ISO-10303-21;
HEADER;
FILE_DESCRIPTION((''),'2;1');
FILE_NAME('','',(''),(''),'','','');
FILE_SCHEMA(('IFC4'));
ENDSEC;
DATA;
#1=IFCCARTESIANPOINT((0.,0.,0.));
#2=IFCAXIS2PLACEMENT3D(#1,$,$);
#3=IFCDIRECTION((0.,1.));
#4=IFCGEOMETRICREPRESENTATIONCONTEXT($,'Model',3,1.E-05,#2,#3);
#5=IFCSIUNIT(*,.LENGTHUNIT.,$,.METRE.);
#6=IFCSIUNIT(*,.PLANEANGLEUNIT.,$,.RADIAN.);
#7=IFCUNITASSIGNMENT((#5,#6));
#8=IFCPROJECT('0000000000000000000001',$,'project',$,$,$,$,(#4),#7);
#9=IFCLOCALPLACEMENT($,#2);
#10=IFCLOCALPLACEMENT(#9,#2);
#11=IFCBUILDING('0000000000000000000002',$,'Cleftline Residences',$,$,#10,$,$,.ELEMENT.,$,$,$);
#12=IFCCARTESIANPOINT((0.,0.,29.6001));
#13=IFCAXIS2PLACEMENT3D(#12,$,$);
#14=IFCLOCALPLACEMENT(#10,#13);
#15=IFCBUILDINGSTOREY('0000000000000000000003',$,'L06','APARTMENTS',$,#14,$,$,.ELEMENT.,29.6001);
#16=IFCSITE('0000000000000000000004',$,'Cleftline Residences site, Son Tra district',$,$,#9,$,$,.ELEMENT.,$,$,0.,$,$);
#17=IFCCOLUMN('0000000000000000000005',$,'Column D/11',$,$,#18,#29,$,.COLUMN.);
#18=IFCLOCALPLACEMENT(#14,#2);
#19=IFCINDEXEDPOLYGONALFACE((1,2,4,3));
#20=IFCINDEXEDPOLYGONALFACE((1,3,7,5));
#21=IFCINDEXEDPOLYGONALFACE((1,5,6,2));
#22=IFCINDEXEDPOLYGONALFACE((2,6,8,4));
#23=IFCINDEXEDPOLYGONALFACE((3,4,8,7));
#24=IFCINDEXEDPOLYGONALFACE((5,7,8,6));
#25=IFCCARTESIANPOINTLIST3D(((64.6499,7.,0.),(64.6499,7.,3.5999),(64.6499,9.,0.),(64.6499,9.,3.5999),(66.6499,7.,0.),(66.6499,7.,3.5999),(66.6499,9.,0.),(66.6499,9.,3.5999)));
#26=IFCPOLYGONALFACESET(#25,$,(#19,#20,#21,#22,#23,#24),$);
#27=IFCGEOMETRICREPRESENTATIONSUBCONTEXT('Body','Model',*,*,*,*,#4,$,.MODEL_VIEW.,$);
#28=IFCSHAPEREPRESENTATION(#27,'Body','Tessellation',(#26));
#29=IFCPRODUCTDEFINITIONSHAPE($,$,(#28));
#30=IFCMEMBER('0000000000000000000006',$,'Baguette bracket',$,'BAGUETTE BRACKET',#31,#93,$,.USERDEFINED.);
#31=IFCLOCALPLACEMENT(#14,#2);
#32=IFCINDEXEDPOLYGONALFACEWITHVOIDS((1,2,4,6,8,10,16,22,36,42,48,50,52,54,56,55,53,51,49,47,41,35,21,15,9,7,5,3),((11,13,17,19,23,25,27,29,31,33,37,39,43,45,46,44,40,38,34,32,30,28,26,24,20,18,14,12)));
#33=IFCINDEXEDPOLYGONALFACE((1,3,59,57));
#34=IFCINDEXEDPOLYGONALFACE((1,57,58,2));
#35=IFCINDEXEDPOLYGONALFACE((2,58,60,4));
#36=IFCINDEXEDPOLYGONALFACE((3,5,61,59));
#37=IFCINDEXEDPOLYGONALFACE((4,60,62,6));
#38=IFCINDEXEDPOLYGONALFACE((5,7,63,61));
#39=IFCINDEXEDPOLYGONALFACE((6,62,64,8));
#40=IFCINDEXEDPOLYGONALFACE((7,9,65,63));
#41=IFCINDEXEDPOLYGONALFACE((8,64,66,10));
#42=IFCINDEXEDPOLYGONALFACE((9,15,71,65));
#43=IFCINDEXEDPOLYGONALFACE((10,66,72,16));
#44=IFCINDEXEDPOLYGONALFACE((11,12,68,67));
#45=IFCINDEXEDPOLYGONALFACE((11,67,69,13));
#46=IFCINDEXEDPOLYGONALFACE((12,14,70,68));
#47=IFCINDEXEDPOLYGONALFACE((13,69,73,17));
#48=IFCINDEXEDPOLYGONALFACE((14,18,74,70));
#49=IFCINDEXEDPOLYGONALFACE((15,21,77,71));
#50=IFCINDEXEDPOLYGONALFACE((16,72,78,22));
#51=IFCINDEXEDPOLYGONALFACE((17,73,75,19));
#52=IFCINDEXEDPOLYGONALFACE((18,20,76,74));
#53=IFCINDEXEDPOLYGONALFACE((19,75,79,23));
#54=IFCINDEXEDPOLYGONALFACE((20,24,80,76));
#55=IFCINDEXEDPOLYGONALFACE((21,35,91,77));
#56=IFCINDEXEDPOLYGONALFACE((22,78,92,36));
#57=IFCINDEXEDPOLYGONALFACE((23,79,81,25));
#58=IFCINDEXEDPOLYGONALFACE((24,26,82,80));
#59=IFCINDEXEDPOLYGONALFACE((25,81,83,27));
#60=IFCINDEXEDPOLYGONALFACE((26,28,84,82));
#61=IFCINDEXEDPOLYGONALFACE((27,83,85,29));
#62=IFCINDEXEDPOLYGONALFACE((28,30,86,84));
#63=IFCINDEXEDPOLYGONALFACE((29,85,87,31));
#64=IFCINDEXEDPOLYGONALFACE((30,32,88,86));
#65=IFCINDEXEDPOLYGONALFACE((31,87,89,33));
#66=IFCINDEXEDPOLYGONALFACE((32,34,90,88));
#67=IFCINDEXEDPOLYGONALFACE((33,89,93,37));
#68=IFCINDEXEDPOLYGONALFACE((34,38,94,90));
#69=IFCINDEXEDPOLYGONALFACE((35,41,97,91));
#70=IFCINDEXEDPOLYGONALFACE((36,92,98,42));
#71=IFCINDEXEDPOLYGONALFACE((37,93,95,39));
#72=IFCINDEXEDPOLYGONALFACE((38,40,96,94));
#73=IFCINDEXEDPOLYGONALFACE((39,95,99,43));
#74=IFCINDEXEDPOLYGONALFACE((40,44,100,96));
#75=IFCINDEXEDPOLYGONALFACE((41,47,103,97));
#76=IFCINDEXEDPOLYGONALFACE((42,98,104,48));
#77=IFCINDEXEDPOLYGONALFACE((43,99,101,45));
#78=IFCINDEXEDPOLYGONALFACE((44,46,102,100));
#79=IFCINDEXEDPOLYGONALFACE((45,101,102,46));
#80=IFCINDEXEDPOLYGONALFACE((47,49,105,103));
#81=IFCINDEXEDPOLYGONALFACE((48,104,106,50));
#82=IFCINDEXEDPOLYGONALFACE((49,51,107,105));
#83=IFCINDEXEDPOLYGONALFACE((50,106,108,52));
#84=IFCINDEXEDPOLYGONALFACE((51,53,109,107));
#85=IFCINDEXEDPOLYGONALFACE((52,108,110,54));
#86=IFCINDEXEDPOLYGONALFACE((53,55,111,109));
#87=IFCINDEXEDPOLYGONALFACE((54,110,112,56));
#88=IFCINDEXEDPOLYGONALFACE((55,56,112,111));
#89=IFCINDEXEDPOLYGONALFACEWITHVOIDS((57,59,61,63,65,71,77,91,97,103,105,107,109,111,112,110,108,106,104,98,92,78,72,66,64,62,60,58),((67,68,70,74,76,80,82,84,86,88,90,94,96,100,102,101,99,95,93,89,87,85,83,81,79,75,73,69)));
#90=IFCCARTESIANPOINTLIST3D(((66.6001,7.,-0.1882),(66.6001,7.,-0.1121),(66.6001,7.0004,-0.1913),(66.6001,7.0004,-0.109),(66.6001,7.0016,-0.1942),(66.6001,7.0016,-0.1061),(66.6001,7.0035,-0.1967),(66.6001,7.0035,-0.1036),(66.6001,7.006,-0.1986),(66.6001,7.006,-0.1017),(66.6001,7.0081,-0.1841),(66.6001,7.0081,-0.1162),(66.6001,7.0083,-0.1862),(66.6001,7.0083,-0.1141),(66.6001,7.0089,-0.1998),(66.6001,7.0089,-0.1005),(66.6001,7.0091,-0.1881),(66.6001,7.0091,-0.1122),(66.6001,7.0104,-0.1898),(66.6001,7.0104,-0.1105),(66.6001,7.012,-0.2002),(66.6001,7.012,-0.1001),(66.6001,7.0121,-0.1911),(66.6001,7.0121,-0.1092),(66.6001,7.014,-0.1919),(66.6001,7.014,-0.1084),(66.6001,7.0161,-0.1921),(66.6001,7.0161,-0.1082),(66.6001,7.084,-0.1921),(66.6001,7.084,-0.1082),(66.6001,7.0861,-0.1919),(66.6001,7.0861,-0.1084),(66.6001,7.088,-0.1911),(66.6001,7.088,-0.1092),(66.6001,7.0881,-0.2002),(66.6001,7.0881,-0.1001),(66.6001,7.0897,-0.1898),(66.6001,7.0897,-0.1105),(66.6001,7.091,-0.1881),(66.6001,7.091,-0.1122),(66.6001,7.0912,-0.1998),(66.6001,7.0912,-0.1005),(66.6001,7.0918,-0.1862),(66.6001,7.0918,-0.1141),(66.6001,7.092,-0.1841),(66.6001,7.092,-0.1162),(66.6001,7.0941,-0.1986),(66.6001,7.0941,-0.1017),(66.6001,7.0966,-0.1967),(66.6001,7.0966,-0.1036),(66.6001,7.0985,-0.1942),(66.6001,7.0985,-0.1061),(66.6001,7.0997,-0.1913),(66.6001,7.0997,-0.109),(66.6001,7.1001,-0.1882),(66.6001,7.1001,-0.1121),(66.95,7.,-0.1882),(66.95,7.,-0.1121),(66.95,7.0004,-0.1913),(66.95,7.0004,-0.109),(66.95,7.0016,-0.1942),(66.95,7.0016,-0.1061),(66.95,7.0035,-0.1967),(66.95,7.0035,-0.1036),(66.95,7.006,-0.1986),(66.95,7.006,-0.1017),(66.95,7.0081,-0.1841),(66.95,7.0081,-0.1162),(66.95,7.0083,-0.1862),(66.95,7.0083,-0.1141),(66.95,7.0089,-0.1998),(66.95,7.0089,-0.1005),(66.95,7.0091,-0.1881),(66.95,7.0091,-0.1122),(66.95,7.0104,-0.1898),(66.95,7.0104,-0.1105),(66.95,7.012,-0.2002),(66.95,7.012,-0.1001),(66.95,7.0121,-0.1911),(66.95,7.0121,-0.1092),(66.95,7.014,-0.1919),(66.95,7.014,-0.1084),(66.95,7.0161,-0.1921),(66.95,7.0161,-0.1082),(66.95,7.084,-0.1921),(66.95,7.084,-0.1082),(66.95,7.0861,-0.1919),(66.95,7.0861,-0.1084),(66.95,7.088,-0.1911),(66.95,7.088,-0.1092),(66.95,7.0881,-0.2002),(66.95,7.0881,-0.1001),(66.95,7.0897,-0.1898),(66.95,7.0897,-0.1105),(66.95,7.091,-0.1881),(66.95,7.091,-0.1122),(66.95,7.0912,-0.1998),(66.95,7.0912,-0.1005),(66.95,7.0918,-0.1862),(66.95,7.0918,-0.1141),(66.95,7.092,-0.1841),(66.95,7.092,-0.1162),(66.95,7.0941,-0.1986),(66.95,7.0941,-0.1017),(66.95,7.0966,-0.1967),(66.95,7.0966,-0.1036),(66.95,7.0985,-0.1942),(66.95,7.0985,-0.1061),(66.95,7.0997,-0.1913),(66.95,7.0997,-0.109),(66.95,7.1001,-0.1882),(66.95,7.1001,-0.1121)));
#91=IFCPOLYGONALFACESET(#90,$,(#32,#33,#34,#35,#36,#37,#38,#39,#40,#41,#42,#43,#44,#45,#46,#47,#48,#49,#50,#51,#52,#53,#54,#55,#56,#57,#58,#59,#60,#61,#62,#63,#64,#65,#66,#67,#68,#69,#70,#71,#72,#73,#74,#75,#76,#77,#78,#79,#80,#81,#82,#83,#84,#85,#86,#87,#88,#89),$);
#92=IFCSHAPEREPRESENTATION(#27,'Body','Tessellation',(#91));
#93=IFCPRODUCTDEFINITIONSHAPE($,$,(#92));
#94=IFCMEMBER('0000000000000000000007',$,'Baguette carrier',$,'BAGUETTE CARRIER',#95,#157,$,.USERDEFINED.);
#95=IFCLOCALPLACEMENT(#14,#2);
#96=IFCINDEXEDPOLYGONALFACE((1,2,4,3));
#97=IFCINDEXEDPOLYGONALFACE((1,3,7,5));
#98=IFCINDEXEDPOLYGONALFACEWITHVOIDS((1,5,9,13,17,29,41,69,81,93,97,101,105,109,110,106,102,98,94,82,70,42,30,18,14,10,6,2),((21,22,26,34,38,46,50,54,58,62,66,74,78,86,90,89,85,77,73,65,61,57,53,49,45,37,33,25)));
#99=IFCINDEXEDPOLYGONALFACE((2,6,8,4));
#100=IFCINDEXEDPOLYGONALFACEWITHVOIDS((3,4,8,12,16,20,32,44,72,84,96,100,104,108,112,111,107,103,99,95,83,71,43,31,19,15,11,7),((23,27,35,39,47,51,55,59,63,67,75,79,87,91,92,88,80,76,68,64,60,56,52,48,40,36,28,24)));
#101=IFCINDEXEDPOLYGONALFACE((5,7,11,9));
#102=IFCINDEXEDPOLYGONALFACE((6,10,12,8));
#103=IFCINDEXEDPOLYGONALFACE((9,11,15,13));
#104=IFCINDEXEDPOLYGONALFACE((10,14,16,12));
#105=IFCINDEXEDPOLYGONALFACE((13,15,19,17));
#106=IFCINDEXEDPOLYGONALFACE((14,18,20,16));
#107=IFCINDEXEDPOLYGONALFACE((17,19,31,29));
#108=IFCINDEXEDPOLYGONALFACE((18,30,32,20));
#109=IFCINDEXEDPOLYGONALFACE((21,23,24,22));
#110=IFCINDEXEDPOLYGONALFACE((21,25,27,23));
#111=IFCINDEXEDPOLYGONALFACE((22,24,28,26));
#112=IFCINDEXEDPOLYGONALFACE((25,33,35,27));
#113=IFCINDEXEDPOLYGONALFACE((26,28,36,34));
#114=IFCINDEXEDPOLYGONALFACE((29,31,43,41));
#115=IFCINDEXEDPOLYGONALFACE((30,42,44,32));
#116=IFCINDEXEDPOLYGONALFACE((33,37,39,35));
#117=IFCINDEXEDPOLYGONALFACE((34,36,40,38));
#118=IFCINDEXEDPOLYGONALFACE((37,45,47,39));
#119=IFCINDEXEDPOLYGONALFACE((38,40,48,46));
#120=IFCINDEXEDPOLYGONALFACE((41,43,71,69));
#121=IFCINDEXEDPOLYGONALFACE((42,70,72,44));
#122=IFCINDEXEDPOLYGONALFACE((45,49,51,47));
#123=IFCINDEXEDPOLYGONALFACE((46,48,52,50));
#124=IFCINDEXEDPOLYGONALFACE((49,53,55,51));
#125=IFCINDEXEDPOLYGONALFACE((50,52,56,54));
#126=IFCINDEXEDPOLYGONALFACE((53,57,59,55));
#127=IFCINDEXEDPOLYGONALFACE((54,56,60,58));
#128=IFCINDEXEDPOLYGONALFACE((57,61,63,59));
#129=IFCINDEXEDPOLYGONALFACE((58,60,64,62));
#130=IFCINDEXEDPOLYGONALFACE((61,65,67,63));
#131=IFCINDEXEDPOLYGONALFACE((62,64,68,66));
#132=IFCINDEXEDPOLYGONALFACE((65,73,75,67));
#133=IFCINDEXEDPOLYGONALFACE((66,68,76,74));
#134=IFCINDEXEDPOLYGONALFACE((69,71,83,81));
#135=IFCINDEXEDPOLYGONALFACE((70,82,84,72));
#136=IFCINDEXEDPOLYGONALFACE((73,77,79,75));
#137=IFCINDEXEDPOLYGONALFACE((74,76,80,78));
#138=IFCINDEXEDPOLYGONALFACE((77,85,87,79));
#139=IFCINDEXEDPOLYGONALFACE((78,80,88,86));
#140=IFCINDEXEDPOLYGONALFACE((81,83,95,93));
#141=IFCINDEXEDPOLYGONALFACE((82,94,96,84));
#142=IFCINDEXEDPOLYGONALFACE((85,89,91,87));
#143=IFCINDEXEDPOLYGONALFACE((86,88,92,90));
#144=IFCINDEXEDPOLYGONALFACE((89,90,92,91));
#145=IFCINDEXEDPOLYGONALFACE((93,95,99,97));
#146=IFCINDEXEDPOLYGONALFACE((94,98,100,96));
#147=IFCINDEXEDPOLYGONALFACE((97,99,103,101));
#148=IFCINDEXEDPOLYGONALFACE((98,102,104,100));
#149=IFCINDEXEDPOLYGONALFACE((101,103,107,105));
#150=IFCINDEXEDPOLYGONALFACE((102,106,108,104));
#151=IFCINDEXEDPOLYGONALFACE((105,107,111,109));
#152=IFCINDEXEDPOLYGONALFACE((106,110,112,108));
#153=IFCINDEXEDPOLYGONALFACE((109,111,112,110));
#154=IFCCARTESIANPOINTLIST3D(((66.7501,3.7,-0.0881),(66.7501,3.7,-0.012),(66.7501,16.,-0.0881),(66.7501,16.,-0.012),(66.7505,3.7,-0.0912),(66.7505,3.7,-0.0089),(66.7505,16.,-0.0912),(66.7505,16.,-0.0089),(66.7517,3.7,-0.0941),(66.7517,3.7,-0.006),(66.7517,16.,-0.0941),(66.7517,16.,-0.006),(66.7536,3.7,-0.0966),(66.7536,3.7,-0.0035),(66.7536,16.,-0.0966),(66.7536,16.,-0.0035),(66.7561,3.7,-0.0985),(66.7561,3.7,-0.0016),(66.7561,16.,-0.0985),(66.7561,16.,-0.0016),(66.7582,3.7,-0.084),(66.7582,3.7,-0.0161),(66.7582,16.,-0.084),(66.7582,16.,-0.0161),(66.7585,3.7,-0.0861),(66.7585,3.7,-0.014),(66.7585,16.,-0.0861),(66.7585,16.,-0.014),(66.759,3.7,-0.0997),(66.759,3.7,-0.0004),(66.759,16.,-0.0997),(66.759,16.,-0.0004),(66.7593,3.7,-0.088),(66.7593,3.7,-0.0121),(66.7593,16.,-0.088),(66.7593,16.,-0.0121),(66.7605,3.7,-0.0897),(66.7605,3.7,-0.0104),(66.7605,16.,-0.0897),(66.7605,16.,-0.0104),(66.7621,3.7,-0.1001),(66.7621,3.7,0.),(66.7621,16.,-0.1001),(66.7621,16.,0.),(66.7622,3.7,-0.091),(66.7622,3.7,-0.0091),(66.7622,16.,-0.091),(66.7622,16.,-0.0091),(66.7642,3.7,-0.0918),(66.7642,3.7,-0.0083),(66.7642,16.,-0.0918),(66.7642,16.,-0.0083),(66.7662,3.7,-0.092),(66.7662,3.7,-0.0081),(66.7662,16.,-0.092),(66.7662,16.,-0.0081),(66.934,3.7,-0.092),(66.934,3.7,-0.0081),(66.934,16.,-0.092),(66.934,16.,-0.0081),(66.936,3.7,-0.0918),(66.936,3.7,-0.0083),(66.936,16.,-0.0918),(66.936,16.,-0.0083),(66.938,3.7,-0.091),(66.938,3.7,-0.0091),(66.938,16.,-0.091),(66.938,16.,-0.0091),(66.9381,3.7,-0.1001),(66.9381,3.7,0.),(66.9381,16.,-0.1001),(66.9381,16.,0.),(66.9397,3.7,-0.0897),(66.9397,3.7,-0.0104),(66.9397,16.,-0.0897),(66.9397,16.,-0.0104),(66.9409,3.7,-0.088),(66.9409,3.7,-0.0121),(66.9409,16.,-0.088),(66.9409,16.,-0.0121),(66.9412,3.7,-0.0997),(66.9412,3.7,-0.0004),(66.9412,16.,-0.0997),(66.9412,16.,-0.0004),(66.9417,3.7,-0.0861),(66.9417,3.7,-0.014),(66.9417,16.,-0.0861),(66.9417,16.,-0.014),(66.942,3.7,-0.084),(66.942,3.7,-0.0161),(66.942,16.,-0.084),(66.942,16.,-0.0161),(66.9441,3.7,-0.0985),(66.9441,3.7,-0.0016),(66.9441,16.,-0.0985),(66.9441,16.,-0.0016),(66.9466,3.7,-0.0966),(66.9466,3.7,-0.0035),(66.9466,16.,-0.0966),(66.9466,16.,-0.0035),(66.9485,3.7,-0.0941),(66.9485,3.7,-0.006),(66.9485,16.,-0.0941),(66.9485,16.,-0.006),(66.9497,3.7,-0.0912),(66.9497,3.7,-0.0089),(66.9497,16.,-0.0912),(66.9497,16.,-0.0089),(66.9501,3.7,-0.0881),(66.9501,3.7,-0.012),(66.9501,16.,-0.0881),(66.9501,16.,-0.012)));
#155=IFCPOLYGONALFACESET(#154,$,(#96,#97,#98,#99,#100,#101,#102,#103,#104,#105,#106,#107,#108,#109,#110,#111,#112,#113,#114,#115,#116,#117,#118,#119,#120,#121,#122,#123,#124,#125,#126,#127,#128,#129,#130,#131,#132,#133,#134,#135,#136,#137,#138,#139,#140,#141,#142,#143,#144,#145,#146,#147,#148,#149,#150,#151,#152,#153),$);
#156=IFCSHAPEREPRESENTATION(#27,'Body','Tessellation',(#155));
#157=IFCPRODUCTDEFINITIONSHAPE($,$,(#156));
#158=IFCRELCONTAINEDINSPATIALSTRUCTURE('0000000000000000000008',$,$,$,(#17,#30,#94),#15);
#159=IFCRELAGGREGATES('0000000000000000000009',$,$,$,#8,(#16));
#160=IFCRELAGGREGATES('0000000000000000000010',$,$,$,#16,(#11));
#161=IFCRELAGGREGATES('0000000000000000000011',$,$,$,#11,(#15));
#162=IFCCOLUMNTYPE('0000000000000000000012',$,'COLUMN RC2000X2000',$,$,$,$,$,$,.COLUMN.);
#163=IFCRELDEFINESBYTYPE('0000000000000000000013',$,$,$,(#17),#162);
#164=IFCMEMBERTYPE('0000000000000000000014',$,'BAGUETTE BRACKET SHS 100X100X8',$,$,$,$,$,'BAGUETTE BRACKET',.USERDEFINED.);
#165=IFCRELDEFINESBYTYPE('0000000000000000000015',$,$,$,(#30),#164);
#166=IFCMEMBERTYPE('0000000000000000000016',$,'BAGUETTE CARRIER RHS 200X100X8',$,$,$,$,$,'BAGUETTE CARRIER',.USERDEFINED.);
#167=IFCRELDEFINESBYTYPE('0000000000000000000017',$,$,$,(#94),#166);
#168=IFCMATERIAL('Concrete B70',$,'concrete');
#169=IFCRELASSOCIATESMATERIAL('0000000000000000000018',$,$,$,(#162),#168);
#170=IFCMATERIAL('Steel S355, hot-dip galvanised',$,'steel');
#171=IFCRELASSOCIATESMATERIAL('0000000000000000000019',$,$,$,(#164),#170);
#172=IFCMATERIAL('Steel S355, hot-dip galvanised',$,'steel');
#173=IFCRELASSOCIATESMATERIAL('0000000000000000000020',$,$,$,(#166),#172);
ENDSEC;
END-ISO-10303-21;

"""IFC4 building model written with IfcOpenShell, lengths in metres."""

from ifc_helpers import new_model, si_unit, direction, frame, origin, origin_2d, place, context, subcontext, project, spatial, rectangle, hollow_rectangle, extrude, material, material_profile, profile_set, type_object, element, save


model = new_model("IFC4")

# Units and contexts
model_context = context("Model", 3, precision=1e-05, world=origin(), true_north=direction((0.0, 1.0)))
body_context = subcontext(model_context, "Body", "Model", "MODEL_VIEW")
ifc_project = project(units=[si_unit("LENGTHUNIT", "METRE"), si_unit("PLANEANGLEUNIT", "RADIAN")], contexts=[model_context])

# Site, building, storey
site_placement = place(None, origin())
site = spatial("IfcSite", under=ifc_project, at=site_placement, Name="Cleftline Residences site, Son Tra district", CompositionType="ELEMENT", RefElevation=0.0)
building_placement = place(site_placement, origin())
building = spatial("IfcBuilding", under=site, at=building_placement, Name="Cleftline Residences", CompositionType="ELEMENT")
storey_placement = place(building_placement, frame((0.0, 0.0, 29.6001)))
storey = spatial("IfcBuildingStorey", under=building, at=storey_placement, Name="L06", Description="APARTMENTS", CompositionType="ELEMENT", Elevation=29.6001)

# Column
ifc_material_1 = material(Name="Concrete B70", Category="concrete")
ifc_material_profile_1 = material_profile(ifc_material_1, rectangle(XDim=2.0, YDim=2.0, at=origin_2d()))
ifc_profile_set_1 = profile_set([ifc_material_profile_1], Name="Concrete B70")
column_type = type_object("IfcColumnType", Name="COLUMN RC2000X2000", PredefinedType="COLUMN", material=ifc_profile_set_1)
column_placement = place(storey_placement, frame((65.6499, 8.0, 0.0), z_axis=(0.0, 0.0, 1.0), x_axis=(1.0, 0.0, 0.0)))
element("IfcColumn", 1, at=column_placement, inside=storey, type_object=column_type, Name="Column D/11", PredefinedType="COLUMN", context=body_context, shape_type="SweptSolid", body=[
    extrude(rectangle(XDim=2.0, YDim=2.0, at=origin_2d()), origin(), (0.0, 0.0, 1.0), 3.5999),
])

# Members
ifc_material_2 = material(Name="Steel S355, hot-dip galvanised", Category="steel")
ifc_material_profile_2 = material_profile(ifc_material_2, hollow_rectangle(XDim=0.1001, YDim=0.1001, WallThickness=0.0081, InnerFilletRadius=0.0081, OuterFilletRadius=0.012, at=origin_2d()))
ifc_profile_set_2 = profile_set([ifc_material_profile_2], Name="Steel S355, hot-dip galvanised")
member_type_1 = type_object("IfcMemberType", Name="BAGUETTE BRACKET SHS 100X100X8", ElementType="BAGUETTE BRACKET", PredefinedType="USERDEFINED", material=ifc_profile_set_2)
member_1_placement = place(storey_placement, frame((66.6001, 7.05, -0.1501), z_axis=(1.0, 0.0, 0.0), x_axis=(0.0, 1.0, 0.0)))
element("IfcMember", 2, at=member_1_placement, inside=storey, type_object=member_type_1, Name="Baguette bracket", ObjectType="BAGUETTE BRACKET", PredefinedType="USERDEFINED", context=body_context, shape_type="SweptSolid", body=[
    extrude(hollow_rectangle(XDim=0.1001, YDim=0.1001, WallThickness=0.0081, InnerFilletRadius=0.0081, OuterFilletRadius=0.012, at=origin_2d()), origin(), (0.0, 0.0, 1.0), 0.3499),
])
ifc_material_3 = material(Name="Steel S355, hot-dip galvanised", Category="steel")
ifc_material_profile_3 = material_profile(ifc_material_3, hollow_rectangle(XDim=0.1001, YDim=0.2, WallThickness=0.0081, InnerFilletRadius=0.0081, OuterFilletRadius=0.012, at=origin_2d()))
ifc_profile_set_3 = profile_set([ifc_material_profile_3], Name="Steel S355, hot-dip galvanised")
member_type_2 = type_object("IfcMemberType", Name="BAGUETTE CARRIER RHS 200X100X8", ElementType="BAGUETTE CARRIER", PredefinedType="USERDEFINED", material=ifc_profile_set_3)
member_2_placement = place(storey_placement, frame((66.8501, 3.7, -0.05), z_axis=(0.0, 1.0, 0.0), x_axis=(0.0, 0.0, 1.0)))
element("IfcMember", 3, at=member_2_placement, inside=storey, type_object=member_type_2, Name="Baguette carrier", ObjectType="BAGUETTE CARRIER", PredefinedType="USERDEFINED", context=body_context, shape_type="SweptSolid", body=[
    extrude(hollow_rectangle(XDim=0.1001, YDim=0.2, WallThickness=0.0081, InnerFilletRadius=0.0081, OuterFilletRadius=0.012, at=origin_2d()), origin(), (0.0, 0.0, 1.0), 12.3),
])

save(model, "model.ifc")
